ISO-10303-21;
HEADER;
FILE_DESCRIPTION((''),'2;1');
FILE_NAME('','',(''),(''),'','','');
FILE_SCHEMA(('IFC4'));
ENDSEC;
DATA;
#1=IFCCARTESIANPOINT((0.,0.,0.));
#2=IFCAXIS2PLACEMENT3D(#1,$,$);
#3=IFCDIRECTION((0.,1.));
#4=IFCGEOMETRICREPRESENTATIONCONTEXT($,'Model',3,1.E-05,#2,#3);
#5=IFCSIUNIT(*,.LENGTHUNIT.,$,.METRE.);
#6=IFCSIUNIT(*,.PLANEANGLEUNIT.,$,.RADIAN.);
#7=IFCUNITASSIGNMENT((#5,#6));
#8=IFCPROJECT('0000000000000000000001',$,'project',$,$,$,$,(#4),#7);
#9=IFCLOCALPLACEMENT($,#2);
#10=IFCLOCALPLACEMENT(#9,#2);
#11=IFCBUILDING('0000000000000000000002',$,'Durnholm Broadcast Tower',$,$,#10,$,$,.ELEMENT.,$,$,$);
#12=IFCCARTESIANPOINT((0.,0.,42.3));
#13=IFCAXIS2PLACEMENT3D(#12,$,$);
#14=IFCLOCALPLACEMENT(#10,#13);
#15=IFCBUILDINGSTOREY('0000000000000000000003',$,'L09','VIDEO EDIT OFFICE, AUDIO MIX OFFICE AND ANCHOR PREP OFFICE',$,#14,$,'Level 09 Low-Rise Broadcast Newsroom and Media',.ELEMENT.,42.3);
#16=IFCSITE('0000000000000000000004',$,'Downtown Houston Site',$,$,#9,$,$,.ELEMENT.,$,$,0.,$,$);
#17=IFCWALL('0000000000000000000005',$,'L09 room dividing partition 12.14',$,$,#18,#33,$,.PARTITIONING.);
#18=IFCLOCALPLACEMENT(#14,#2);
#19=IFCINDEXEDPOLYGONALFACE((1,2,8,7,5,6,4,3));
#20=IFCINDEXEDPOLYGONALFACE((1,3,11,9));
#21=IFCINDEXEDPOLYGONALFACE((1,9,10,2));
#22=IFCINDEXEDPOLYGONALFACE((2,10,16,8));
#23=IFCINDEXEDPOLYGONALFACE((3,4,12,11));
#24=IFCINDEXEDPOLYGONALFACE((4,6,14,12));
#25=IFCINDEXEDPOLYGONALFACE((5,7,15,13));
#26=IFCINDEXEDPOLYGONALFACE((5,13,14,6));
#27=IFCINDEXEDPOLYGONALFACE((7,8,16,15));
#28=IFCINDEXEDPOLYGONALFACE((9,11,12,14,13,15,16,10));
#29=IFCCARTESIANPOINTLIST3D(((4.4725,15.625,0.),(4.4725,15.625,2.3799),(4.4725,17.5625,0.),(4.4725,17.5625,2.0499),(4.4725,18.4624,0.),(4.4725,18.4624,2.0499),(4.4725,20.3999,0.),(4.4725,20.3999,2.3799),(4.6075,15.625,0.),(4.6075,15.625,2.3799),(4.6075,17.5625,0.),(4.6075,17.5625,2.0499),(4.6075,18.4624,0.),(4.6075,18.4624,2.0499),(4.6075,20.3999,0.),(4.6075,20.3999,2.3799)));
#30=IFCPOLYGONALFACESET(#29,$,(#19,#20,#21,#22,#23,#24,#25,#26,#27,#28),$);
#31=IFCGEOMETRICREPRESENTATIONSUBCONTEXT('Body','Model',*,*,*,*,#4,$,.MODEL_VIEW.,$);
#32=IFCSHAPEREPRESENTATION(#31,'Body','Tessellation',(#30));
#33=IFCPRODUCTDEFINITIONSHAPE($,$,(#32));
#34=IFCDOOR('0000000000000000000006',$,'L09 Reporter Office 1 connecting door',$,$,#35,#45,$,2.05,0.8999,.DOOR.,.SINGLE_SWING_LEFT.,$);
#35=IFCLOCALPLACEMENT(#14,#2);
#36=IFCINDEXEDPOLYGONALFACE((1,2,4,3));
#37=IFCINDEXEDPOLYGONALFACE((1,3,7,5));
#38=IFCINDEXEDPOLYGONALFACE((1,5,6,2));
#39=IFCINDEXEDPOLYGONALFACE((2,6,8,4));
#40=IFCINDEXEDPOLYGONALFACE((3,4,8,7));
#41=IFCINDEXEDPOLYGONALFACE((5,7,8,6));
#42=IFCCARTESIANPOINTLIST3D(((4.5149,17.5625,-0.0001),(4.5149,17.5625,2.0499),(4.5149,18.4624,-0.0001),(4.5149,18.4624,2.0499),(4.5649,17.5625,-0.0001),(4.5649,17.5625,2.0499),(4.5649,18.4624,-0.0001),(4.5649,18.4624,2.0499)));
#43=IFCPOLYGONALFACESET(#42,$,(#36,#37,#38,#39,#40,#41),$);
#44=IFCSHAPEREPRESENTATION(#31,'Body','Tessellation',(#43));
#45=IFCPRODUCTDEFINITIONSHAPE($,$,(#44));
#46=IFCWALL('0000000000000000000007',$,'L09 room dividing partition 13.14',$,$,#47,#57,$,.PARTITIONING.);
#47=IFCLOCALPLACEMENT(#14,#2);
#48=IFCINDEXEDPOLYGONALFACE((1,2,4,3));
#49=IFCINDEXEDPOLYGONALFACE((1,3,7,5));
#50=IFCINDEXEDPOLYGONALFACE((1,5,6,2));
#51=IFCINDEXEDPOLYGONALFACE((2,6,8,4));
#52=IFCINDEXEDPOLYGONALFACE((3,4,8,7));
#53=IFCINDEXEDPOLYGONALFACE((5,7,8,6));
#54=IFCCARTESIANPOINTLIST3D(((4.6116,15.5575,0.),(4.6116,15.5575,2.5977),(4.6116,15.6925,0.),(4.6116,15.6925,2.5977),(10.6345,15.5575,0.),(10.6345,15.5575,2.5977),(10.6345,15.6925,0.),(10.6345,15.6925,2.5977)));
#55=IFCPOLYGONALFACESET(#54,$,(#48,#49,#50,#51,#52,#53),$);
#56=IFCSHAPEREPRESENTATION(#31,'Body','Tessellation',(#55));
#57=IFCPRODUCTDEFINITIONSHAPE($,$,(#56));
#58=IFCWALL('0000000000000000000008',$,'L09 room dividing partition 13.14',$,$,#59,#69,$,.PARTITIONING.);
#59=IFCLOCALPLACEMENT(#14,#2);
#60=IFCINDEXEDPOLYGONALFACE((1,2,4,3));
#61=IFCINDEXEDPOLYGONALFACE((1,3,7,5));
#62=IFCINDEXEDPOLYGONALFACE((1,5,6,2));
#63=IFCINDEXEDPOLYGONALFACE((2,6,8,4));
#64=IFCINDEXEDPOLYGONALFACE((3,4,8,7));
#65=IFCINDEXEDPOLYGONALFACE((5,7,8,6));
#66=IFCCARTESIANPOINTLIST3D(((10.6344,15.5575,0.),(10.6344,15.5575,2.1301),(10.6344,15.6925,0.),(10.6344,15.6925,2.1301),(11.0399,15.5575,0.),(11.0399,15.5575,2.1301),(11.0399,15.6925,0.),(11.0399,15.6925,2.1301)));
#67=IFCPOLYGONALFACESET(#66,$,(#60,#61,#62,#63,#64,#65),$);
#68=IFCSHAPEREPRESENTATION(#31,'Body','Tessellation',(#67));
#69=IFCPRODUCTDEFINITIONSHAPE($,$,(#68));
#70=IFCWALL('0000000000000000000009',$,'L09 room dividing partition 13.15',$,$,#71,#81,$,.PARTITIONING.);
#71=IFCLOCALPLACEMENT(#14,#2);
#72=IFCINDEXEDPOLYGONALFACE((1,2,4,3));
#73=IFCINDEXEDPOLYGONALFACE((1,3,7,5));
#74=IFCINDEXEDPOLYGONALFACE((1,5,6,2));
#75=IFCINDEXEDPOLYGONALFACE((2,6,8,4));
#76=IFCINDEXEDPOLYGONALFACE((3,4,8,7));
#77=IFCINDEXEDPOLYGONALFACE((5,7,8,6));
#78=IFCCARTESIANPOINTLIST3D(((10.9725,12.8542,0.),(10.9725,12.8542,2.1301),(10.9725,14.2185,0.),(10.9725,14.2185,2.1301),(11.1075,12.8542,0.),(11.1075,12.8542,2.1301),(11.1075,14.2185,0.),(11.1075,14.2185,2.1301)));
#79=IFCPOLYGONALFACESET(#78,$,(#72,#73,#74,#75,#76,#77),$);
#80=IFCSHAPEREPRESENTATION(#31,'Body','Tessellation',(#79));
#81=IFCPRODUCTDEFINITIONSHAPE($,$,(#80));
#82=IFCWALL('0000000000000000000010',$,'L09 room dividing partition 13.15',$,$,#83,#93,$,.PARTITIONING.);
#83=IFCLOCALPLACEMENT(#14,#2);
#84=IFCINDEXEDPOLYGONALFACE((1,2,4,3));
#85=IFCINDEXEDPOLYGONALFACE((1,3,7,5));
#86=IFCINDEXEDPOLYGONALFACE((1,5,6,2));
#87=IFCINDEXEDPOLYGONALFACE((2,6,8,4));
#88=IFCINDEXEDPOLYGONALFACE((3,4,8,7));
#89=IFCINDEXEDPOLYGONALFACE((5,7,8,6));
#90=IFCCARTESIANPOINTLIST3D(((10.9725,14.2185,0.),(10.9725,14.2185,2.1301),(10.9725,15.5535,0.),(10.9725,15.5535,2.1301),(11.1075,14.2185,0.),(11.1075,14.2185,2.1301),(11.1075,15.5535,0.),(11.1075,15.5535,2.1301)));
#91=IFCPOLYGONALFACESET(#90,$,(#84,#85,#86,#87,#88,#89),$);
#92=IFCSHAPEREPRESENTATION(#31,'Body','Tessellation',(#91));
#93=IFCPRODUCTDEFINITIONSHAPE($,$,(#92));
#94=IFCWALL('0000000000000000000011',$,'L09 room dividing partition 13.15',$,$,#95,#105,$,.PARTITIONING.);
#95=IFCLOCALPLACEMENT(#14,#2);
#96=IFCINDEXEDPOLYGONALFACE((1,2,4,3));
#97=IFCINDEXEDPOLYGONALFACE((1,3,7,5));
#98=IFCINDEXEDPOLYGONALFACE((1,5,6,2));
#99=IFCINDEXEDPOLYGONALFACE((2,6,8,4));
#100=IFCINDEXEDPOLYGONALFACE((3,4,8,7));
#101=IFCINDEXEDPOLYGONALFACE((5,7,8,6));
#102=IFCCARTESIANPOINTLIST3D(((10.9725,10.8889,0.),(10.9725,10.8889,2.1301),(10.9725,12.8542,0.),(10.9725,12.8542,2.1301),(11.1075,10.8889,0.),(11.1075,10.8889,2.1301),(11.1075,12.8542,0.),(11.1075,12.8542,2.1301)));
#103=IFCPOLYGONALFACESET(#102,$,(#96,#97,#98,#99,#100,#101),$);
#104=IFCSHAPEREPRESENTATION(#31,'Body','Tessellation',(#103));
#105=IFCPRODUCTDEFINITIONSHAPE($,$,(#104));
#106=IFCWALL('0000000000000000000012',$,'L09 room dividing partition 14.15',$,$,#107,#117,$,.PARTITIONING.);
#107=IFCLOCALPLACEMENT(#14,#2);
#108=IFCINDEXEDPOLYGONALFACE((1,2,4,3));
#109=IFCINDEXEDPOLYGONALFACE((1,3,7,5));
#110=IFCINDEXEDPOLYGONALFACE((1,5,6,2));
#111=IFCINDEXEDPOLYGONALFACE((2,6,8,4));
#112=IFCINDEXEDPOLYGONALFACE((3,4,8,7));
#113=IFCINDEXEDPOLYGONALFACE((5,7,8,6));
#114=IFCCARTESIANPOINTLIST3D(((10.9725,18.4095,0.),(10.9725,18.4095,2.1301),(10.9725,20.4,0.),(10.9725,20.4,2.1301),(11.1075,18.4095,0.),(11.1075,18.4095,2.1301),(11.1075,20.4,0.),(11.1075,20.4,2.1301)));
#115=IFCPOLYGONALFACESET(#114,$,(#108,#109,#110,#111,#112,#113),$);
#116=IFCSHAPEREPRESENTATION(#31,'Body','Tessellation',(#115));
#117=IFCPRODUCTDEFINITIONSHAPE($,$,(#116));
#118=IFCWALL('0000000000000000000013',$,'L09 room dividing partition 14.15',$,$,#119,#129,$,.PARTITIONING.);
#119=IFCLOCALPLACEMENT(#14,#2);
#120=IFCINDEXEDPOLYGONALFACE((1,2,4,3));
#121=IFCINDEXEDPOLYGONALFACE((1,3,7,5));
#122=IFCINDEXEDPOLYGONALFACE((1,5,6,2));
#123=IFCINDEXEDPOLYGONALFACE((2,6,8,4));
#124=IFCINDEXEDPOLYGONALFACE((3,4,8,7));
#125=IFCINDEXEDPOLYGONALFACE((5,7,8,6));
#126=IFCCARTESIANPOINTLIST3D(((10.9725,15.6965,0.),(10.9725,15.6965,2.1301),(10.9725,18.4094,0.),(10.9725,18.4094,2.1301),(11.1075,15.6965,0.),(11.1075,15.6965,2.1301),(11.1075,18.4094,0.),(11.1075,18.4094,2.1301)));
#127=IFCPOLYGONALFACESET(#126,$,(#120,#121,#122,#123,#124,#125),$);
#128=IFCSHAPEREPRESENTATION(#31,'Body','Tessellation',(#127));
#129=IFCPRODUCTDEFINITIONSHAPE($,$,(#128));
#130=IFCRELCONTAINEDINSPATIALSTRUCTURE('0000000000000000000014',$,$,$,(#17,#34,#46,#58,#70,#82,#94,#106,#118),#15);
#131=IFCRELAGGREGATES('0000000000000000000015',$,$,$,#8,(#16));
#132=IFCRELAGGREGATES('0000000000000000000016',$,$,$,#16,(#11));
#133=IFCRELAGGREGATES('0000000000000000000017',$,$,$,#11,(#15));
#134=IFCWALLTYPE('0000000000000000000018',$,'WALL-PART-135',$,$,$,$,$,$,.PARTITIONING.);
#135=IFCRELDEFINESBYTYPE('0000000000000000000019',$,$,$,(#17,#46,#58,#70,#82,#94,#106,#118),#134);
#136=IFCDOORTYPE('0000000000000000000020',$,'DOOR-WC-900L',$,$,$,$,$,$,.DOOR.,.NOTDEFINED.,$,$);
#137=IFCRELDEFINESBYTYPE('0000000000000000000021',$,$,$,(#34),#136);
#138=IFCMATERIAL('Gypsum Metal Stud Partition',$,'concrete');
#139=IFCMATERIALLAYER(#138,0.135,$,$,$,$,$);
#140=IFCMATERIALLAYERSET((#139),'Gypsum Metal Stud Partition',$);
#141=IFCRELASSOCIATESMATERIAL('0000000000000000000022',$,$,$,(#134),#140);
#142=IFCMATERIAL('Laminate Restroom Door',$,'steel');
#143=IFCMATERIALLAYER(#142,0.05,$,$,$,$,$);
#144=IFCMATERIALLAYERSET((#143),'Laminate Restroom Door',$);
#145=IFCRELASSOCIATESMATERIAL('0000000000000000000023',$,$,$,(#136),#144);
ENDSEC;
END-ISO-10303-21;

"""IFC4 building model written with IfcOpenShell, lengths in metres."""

from ifc_helpers import new_model, si_unit, direction, frame, frame_2d, origin, place, context, subcontext, project, spatial, rectangle, extrude, source, transform, mapped, material, layer, layer_set, type_object, type_shapes, element, fill, save


model = new_model("IFC4")

# Units and contexts
model_context = context("Model", 3, precision=1e-05, world=origin(), true_north=direction((0.0, 1.0)))
body_context = subcontext(model_context, "Body", "Model", "MODEL_VIEW")
ifc_project = project(units=[si_unit("LENGTHUNIT", "METRE"), si_unit("PLANEANGLEUNIT", "RADIAN")], contexts=[model_context])

# Site, building, storey
site_placement = place(None, origin())
site = spatial("IfcSite", under=ifc_project, at=site_placement, Name="Downtown Houston Site", CompositionType="ELEMENT", RefElevation=0.0)
building_placement = place(site_placement, origin())
building = spatial("IfcBuilding", under=site, at=building_placement, Name="Durnholm Broadcast Tower", CompositionType="ELEMENT")
storey_placement = place(building_placement, frame((0.0, 0.0, 42.3)))
storey = spatial("IfcBuildingStorey", under=building, at=storey_placement, Name="L09", Description="VIDEO EDIT OFFICE, AUDIO MIX OFFICE AND ANCHOR PREP OFFICE", LongName="Level 09 Low-Rise Broadcast Newsroom and Media", CompositionType="ELEMENT", Elevation=42.3)

# Shared definitions
ifc_material_1 = material(Name="Gypsum Metal Stud Partition", Category="concrete")
ifc_layer_1 = layer(ifc_material_1, 0.135)
ifc_layer_set_1 = layer_set([ifc_layer_1], Name="Gypsum Metal Stud Partition")
wall_type = type_object("IfcWallType", Name="WALL-PART-135", PredefinedType="PARTITIONING", material=ifc_layer_set_1)

# Wall, opening, door
wall_1_placement = place(storey_placement, frame((4.54, 20.3999, 0.0), z_axis=(0.0, 0.0, 1.0), x_axis=(0.0, -1.0, 0.0)))
wall_1 = element("IfcWall", 1, at=wall_1_placement, inside=storey, type_object=wall_type, Name="L09 room dividing partition 12.14", PredefinedType="PARTITIONING", context=body_context, shape_type="SweptSolid", body=[
    extrude(rectangle(XDim=4.7749, YDim=0.135, at=frame_2d((2.3875, 0.0))), origin(), (0.0, 0.0, 1.0), 2.3799),
])
opening_placement = place(wall_1_placement, frame((1.9375, 0.0, 0.0)))
opening = element("IfcOpeningElement", 2, at=opening_placement, cuts=wall_1, PredefinedType="OPENING", context=body_context, shape_type="SweptSolid", body=[
    extrude(rectangle(XDim=0.8999, YDim=2.05, at=frame_2d((0.45, 1.0249))), frame((0.0, 0.0776, 0.0), z_axis=(0.0, -1.0, 0.0), x_axis=(1.0, 0.0, 0.0)), (0.0, 0.0, 1.0), 0.155),
])
ifc_material_2 = material(Name="Laminate Restroom Door", Category="steel")
ifc_layer_2 = layer(ifc_material_2, 0.05)
ifc_layer_set_2 = layer_set([ifc_layer_2], Name="Laminate Restroom Door")
door_type = type_object("IfcDoorType", Name="DOOR-WC-900L", OperationType="NOTDEFINED", PredefinedType="DOOR", material=ifc_layer_set_2)
shared_shape_1 = source(origin(), body_context, "Body", "SweptSolid", [
    extrude(rectangle(XDim=0.8999, YDim=2.05, at=frame_2d((0.45, 1.0249))), frame((0.0, 0.0249, 0.0), z_axis=(0.0, -1.0, 0.0), x_axis=(1.0, 0.0, 0.0)), (0.0, 0.0, 1.0), 0.05),
])
type_shapes(door_type, [shared_shape_1])
door_placement = place(opening_placement, origin())
door = element("IfcDoor", 3, at=door_placement, inside=storey, type_object=door_type, Name="L09 Reporter Office 1 connecting door", OperationType="SINGLE_SWING_LEFT", OverallHeight=2.05, OverallWidth=0.8999, PredefinedType="DOOR", context=body_context, shape_type="MappedRepresentation", body=[
    mapped(shared_shape_1, transform((0.0, 0.0, 0.0), x_axis=(1.0, 0.0, 0.0), y_axis=(0.0, 1.0, 0.0), z_axis=(0.0, 0.0, 1.0), scale=1.0)),
])
fill(opening, door)

# Walls
wall_2_placement = place(storey_placement, frame((4.6116, 15.625, 0.0), z_axis=(0.0, 0.0, 1.0), x_axis=(1.0, 0.0, 0.0)))
element("IfcWall", 4, at=wall_2_placement, inside=storey, type_object=wall_type, Name="L09 room dividing partition 13.14", PredefinedType="PARTITIONING", context=body_context, shape_type="SweptSolid", body=[
    extrude(rectangle(XDim=6.0229, YDim=0.135, at=frame_2d((3.0115, 0.0))), origin(), (0.0, 0.0, 1.0), 2.5977),
])
wall_3_placement = place(storey_placement, frame((10.6345, 15.625, 0.0), z_axis=(0.0, 0.0, 1.0), x_axis=(1.0, 0.0, 0.0)))
element("IfcWall", 5, at=wall_3_placement, inside=storey, type_object=wall_type, Name="L09 room dividing partition 13.14", PredefinedType="PARTITIONING", context=body_context, shape_type="SweptSolid", body=[
    extrude(rectangle(XDim=0.4055, YDim=0.135, at=frame_2d((0.2026, 0.0))), origin(), (0.0, 0.0, 1.0), 2.1301),
])
wall_4_placement = place(storey_placement, frame((11.04, 14.2185, 0.0), z_axis=(0.0, 0.0, 1.0), x_axis=(0.0, -1.0, 0.0)))
element("IfcWall", 6, at=wall_4_placement, inside=storey, type_object=wall_type, Name="L09 room dividing partition 13.15", PredefinedType="PARTITIONING", context=body_context, shape_type="SweptSolid", body=[
    extrude(rectangle(XDim=1.3643, YDim=0.135, at=frame_2d((0.6821, 0.0))), origin(), (0.0, 0.0, 1.0), 2.1301),
])
wall_5_placement = place(storey_placement, frame((11.04, 15.5535, 0.0), z_axis=(0.0, 0.0, 1.0), x_axis=(0.0, -1.0, 0.0)))
element("IfcWall", 7, at=wall_5_placement, inside=storey, type_object=wall_type, Name="L09 room dividing partition 13.15", PredefinedType="PARTITIONING", context=body_context, shape_type="SweptSolid", body=[
    extrude(rectangle(XDim=1.335, YDim=0.135, at=frame_2d((0.6675, 0.0))), origin(), (0.0, 0.0, 1.0), 2.1301),
])
wall_6_placement = place(storey_placement, frame((11.04, 12.8542, 0.0), z_axis=(0.0, 0.0, 1.0), x_axis=(0.0, -1.0, 0.0)))
element("IfcWall", 8, at=wall_6_placement, inside=storey, type_object=wall_type, Name="L09 room dividing partition 13.15", PredefinedType="PARTITIONING", context=body_context, shape_type="SweptSolid", body=[
    extrude(rectangle(XDim=1.9653, YDim=0.135, at=frame_2d((0.9827, 0.0))), origin(), (0.0, 0.0, 1.0), 2.1301),
])
wall_7_placement = place(storey_placement, frame((11.04, 20.3999, 0.0), z_axis=(0.0, 0.0, 1.0), x_axis=(0.0, -1.0, 0.0)))
element("IfcWall", 9, at=wall_7_placement, inside=storey, type_object=wall_type, Name="L09 room dividing partition 14.15", PredefinedType="PARTITIONING", context=body_context, shape_type="SweptSolid", body=[
    extrude(rectangle(XDim=1.9905, YDim=0.135, at=frame_2d((0.9951, 0.0))), origin(), (0.0, 0.0, 1.0), 2.1301),
])
wall_8_placement = place(storey_placement, frame((11.04, 18.4094, 0.0), z_axis=(0.0, 0.0, 1.0), x_axis=(0.0, -1.0, 0.0)))
element("IfcWall", 10, at=wall_8_placement, inside=storey, type_object=wall_type, Name="L09 room dividing partition 14.15", PredefinedType="PARTITIONING", context=body_context, shape_type="SweptSolid", body=[
    extrude(rectangle(XDim=2.7129, YDim=0.135, at=frame_2d((1.3564, 0.0))), origin(), (0.0, 0.0, 1.0), 2.1301),
])

save(model, "model.ifc")
